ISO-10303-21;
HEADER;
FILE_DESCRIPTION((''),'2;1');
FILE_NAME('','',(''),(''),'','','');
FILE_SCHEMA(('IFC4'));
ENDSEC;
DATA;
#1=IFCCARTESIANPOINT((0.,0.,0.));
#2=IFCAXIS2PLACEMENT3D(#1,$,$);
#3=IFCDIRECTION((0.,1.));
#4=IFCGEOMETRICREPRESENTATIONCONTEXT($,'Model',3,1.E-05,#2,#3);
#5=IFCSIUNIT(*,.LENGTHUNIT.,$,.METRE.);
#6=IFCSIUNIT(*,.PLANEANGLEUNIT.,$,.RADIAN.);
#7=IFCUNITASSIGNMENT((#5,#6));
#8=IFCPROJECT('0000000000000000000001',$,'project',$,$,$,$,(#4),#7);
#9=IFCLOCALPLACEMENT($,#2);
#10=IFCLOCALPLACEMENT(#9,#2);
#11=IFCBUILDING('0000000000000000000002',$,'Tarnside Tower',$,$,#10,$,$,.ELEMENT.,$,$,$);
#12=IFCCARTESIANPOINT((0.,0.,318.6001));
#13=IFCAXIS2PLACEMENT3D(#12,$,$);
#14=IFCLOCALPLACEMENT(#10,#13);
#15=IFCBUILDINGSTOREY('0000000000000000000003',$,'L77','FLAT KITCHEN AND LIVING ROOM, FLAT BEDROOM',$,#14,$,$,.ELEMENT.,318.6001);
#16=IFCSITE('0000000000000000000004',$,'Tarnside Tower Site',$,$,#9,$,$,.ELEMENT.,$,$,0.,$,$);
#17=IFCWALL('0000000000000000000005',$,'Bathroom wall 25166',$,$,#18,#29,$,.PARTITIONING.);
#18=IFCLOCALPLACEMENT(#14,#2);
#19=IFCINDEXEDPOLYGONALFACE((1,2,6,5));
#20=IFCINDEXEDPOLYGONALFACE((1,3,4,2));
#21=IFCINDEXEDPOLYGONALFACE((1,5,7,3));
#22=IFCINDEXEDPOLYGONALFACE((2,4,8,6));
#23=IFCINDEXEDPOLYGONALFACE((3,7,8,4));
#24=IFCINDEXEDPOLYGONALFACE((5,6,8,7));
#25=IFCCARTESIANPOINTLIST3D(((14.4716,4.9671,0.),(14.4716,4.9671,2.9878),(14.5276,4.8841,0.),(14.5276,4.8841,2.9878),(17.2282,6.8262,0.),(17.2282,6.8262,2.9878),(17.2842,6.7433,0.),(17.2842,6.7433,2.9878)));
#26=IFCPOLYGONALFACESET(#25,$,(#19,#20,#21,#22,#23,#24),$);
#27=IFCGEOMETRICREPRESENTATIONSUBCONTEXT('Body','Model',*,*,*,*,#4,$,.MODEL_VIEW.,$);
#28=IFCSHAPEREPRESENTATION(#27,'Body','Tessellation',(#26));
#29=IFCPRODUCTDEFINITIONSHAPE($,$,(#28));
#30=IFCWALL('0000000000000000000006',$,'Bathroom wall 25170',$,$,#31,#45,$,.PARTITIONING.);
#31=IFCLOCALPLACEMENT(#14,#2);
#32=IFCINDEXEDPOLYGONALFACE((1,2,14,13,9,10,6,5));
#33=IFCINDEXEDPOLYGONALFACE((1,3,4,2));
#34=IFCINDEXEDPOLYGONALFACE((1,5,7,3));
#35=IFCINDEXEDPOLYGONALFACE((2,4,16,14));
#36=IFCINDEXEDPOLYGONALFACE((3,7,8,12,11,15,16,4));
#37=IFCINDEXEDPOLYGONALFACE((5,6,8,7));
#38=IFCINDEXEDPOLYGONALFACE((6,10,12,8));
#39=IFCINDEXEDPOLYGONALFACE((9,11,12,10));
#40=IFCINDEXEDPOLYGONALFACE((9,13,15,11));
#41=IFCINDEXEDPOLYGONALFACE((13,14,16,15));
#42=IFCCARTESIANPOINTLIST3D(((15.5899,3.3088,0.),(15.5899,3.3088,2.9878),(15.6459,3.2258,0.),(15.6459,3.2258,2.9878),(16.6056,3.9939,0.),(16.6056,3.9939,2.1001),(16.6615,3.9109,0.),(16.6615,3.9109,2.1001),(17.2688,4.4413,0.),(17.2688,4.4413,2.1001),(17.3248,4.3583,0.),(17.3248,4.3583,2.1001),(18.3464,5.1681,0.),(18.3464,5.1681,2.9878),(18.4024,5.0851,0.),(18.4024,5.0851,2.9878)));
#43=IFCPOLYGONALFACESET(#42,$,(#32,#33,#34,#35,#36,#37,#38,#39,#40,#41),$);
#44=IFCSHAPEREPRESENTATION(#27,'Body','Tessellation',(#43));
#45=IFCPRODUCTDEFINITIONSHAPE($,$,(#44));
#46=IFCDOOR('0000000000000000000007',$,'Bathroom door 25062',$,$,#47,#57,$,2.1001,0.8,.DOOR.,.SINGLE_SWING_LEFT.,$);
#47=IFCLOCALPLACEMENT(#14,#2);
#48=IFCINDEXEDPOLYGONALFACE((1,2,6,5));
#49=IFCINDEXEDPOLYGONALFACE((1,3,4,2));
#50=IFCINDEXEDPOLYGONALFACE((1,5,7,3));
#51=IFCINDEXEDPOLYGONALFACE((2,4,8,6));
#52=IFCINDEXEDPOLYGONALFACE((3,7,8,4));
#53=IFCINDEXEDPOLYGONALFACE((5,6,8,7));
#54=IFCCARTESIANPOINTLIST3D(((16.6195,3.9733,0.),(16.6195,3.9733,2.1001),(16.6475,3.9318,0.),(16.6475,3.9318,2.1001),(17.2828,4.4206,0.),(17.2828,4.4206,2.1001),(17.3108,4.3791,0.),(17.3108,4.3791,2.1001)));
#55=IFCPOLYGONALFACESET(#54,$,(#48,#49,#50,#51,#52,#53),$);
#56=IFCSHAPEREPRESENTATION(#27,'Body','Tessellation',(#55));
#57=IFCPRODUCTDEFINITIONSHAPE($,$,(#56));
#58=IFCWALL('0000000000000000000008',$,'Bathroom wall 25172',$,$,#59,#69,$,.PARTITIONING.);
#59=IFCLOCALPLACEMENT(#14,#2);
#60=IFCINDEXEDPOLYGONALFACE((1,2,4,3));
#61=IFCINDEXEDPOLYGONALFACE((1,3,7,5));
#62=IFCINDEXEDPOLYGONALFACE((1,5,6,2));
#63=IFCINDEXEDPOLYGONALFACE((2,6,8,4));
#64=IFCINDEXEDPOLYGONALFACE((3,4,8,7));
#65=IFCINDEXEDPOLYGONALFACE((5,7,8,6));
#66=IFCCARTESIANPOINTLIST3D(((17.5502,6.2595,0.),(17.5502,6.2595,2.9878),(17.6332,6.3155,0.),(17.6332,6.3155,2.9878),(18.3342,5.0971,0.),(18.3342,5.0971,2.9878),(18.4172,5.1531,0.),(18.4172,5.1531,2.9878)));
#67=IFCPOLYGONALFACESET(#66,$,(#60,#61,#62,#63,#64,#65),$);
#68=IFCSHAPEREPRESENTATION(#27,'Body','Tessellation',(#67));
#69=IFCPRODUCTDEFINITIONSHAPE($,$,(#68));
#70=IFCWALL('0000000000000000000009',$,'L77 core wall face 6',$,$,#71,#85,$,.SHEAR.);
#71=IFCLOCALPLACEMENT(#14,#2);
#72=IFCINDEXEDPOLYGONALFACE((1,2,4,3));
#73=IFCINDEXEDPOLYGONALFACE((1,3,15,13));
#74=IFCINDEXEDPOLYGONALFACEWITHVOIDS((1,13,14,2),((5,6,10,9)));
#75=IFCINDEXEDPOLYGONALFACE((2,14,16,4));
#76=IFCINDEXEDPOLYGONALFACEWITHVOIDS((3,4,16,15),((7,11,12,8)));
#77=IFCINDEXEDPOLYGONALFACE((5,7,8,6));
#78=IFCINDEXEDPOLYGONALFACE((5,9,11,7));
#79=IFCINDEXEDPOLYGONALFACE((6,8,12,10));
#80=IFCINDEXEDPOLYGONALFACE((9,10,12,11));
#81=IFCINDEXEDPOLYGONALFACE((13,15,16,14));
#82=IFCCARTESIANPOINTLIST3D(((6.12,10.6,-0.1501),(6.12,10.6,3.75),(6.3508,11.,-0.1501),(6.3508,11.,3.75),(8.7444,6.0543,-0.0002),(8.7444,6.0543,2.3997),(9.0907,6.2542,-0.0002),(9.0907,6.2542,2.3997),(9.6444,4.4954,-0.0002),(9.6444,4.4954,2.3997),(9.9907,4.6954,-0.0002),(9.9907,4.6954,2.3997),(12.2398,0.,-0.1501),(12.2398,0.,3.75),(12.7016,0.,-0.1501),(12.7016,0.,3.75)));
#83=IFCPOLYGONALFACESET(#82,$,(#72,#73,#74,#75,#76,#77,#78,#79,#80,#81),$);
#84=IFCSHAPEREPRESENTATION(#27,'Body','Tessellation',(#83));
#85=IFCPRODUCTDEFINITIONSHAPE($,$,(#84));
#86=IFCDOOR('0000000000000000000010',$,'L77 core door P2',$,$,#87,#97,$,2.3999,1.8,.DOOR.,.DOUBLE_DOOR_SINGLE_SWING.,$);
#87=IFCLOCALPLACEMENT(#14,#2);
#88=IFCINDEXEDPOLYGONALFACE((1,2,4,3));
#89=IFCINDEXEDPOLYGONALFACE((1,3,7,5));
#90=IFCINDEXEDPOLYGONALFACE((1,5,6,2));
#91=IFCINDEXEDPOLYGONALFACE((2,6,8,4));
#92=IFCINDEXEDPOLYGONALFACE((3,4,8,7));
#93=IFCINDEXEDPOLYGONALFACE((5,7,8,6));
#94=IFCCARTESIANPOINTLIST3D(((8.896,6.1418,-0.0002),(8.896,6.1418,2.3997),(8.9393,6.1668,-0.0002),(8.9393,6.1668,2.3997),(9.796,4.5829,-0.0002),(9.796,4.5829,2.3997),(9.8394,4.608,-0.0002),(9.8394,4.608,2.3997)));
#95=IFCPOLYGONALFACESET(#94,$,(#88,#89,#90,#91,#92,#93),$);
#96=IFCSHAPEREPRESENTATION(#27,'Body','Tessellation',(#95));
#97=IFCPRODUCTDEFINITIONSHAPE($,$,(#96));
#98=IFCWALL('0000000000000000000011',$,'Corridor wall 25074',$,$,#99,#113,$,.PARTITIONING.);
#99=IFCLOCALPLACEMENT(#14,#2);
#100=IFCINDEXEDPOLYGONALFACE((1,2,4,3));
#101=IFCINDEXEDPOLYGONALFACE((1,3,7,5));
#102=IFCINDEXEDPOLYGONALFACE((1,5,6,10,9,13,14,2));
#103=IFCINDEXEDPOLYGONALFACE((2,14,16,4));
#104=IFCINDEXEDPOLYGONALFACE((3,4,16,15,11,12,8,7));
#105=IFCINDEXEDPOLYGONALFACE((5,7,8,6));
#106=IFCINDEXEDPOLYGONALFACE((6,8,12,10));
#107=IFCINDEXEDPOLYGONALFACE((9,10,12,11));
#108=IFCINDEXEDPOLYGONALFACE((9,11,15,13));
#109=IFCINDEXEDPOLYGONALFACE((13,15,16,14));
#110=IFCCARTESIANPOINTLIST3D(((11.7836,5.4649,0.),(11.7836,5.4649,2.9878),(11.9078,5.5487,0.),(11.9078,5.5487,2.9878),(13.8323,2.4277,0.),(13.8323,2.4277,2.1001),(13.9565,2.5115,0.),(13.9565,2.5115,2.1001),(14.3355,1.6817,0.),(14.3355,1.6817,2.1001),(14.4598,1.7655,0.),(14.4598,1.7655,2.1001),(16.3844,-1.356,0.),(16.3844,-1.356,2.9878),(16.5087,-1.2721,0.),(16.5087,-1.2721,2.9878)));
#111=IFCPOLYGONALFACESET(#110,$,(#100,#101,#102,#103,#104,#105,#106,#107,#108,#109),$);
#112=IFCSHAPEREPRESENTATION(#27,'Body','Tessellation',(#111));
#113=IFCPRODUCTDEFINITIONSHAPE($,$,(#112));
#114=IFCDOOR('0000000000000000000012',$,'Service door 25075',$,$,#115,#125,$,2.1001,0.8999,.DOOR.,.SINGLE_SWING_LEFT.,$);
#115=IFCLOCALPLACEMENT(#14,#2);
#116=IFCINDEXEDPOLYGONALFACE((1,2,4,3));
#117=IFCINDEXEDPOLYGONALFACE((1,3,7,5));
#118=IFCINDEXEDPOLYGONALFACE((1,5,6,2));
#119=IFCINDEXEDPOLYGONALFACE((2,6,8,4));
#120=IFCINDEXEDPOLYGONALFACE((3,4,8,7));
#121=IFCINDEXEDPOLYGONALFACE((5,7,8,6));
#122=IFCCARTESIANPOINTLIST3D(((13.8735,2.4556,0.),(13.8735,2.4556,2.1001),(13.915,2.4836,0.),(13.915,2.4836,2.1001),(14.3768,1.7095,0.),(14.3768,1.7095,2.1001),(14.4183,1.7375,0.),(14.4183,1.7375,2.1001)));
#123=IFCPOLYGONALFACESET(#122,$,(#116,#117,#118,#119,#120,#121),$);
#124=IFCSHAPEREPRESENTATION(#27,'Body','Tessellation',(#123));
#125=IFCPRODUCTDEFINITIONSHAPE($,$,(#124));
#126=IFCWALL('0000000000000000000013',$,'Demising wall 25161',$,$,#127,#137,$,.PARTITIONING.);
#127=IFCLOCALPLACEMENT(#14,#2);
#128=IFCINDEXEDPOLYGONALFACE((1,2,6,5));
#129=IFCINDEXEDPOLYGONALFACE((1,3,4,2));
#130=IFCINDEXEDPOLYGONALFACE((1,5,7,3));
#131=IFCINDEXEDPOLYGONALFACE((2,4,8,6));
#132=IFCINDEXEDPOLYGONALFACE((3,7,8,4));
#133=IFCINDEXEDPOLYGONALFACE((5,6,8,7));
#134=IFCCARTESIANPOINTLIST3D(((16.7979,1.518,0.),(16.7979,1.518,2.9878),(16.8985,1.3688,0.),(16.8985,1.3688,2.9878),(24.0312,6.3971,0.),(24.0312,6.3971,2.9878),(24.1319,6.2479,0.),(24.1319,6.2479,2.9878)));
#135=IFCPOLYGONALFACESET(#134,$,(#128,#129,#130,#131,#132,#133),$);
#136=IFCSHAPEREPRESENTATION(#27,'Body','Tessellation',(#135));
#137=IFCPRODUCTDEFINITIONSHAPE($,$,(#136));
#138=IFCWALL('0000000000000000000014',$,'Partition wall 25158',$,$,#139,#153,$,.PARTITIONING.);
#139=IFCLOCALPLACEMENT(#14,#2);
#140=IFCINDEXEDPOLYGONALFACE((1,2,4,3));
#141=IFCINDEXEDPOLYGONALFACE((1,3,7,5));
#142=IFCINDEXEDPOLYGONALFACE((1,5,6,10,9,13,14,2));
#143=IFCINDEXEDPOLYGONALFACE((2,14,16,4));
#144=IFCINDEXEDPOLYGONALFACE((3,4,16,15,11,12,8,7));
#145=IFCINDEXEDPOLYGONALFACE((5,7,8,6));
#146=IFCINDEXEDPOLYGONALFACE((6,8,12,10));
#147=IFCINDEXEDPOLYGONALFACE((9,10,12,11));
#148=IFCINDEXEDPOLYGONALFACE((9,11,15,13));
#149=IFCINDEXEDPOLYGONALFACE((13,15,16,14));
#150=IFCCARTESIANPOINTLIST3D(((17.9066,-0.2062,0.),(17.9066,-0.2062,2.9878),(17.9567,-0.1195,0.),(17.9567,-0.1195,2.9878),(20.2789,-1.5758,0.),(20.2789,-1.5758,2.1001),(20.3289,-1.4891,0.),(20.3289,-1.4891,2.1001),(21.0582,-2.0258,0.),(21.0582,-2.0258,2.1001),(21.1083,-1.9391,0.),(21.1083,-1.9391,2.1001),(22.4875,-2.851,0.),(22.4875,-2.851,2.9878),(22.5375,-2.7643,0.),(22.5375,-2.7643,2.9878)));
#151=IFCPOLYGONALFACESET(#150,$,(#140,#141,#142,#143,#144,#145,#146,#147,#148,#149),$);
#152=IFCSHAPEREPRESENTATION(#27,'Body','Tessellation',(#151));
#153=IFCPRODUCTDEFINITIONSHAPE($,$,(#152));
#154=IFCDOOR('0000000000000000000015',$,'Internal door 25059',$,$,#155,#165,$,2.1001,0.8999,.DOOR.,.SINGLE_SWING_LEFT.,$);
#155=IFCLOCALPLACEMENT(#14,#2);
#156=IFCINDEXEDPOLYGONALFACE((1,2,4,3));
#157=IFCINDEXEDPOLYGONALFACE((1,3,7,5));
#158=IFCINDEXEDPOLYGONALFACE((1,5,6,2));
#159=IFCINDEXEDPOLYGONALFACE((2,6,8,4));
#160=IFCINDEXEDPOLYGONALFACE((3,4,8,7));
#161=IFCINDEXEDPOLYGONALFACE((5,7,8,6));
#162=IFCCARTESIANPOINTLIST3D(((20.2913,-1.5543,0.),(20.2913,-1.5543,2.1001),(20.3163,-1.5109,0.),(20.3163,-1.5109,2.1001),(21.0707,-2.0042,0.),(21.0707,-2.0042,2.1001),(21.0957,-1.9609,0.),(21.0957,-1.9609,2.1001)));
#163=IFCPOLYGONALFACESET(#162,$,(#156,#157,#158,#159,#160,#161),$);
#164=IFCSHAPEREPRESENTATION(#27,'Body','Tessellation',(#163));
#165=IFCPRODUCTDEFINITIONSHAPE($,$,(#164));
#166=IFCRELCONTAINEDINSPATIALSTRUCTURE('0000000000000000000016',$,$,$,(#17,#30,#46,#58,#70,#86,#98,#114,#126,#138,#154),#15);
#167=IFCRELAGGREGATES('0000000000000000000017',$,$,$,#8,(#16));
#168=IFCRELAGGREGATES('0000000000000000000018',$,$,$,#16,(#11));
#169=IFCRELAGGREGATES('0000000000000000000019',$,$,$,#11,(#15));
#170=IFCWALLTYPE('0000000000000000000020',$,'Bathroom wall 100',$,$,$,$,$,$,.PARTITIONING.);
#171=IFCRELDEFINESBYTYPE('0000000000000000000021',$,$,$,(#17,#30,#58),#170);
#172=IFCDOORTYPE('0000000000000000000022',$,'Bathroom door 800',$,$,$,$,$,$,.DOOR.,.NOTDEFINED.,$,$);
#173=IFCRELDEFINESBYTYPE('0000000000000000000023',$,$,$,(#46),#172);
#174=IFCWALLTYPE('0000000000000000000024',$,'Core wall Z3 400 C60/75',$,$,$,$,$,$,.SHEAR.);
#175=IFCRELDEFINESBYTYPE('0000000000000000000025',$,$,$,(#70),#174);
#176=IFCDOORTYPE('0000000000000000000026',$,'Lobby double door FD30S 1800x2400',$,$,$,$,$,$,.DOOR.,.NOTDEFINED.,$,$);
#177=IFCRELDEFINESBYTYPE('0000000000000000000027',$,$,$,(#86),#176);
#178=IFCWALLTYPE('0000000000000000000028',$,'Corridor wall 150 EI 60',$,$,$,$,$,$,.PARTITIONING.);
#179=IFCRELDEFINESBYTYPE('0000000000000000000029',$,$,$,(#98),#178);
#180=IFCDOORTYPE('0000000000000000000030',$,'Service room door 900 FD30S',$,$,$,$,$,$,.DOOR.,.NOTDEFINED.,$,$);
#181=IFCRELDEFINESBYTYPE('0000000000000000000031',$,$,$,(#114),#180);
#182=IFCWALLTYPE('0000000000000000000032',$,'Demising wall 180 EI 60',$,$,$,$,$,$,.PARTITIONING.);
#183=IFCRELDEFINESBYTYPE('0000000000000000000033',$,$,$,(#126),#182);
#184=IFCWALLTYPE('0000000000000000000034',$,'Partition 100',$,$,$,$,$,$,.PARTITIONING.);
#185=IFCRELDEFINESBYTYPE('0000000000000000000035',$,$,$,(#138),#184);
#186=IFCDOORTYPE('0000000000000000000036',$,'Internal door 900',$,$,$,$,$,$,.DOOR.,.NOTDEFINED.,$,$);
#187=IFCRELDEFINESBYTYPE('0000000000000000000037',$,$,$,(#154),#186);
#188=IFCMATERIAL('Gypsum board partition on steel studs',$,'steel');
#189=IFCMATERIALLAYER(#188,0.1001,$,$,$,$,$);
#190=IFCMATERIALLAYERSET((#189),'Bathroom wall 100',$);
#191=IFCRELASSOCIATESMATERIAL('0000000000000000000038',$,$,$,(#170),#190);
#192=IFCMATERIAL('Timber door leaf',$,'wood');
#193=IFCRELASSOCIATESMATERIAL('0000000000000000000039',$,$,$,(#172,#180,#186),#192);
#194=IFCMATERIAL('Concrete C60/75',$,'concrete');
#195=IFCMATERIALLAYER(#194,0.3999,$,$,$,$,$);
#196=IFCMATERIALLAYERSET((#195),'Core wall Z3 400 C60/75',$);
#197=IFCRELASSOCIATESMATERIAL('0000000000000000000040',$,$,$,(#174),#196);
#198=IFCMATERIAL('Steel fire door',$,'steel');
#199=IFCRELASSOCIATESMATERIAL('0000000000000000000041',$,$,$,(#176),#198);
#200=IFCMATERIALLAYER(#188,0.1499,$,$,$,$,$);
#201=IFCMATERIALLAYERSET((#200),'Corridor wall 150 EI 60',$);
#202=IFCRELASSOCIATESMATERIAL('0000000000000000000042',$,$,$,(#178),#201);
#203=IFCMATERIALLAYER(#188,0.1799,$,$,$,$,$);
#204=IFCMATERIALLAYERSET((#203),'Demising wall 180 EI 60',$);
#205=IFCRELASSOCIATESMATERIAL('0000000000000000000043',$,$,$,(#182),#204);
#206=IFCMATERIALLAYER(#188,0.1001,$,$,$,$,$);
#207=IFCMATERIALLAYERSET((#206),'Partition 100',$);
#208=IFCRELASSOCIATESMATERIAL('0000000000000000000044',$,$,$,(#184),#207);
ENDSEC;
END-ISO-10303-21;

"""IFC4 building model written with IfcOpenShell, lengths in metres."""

from ifc_helpers import new_model, si_unit, direction, frame, frame_2d, origin, place, context, subcontext, project, spatial, polyline, rectangle, outline, extrude, material, layer, layer_set, type_object, element, fill, save


model = new_model("IFC4")

# Units and contexts
model_context = context("Model", 3, precision=1e-05, world=origin(), true_north=direction((0.0, 1.0)))
body_context = subcontext(model_context, "Body", "Model", "MODEL_VIEW")
ifc_project = project(units=[si_unit("LENGTHUNIT", "METRE"), si_unit("PLANEANGLEUNIT", "RADIAN")], contexts=[model_context])

# Site, building, storey
site_placement = place(None, origin())
site = spatial("IfcSite", under=ifc_project, at=site_placement, Name="Tarnside Tower Site", CompositionType="ELEMENT", RefElevation=0.0)
building_placement = place(site_placement, origin())
building = spatial("IfcBuilding", under=site, at=building_placement, Name="Tarnside Tower", CompositionType="ELEMENT")
storey_placement = place(building_placement, frame((0.0, 0.0, 318.6001)))
storey = spatial("IfcBuildingStorey", under=building, at=storey_placement, Name="L77", Description="FLAT KITCHEN AND LIVING ROOM, FLAT BEDROOM", CompositionType="ELEMENT", Elevation=318.6001)

# Wall
ifc_material_1 = material(Name="Gypsum board partition on steel studs", Category="steel")
ifc_layer_1 = layer(ifc_material_1, 0.1001)
ifc_layer_set_1 = layer_set([ifc_layer_1], Name="Bathroom wall 100")
wall_type_1 = type_object("IfcWallType", Name="Bathroom wall 100", PredefinedType="PARTITIONING", material=ifc_layer_set_1)
wall_1_placement = place(storey_placement, frame((14.4995, 4.9255, 0.0), z_axis=(0.0, 0.0, 1.0), x_axis=(0.829067, 0.559149, 0.0)))
element("IfcWall", 1, at=wall_1_placement, inside=storey, type_object=wall_type_1, Name="Bathroom wall 25166", PredefinedType="PARTITIONING", context=body_context, shape_type="SweptSolid", body=[
    extrude(rectangle(XDim=3.325, YDim=0.1001, at=frame_2d((1.6626, 0.0))), origin(), (0.0, 0.0, 1.0), 2.9878),
])

# Wall, opening, door
wall_2_placement = place(storey_placement, frame((18.3745, 5.1267, 0.0), z_axis=(0.0, 0.0, 1.0), x_axis=(-0.829033, -0.559199, 0.0)))
wall_2 = element("IfcWall", 2, at=wall_2_placement, inside=storey, type_object=wall_type_1, Name="Bathroom wall 25170", PredefinedType="PARTITIONING", context=body_context, shape_type="SweptSolid", body=[
    extrude(rectangle(XDim=3.325, YDim=0.1001, at=frame_2d((1.6626, 0.0))), origin(), (0.0, 0.0, 1.0), 2.9878),
])
opening_1_placement = place(wall_2_placement, frame((1.3, 0.0, 0.0)))
opening_1 = element("IfcOpeningElement", 3, at=opening_1_placement, cuts=wall_2, PredefinedType="OPENING", context=body_context, shape_type="SweptSolid", body=[
    extrude(rectangle(XDim=0.8, YDim=2.1001, at=frame_2d((0.3999, 1.05))), frame((0.0, 0.0601, 0.0), z_axis=(0.0, -1.0, 0.0), x_axis=(1.0, 0.0, 0.0)), (0.0, 0.0, 1.0), 0.1201),
])
ifc_material_2 = material(Name="Timber door leaf", Category="wood")
door_type_1 = type_object("IfcDoorType", Name="Bathroom door 800", OperationType="NOTDEFINED", PredefinedType="DOOR", material=ifc_material_2)
door_1_placement = place(opening_1_placement, origin())
door_1 = element("IfcDoor", 4, at=door_1_placement, inside=storey, type_object=door_type_1, Name="Bathroom door 25062", OperationType="SINGLE_SWING_LEFT", OverallHeight=2.1001, OverallWidth=0.8, PredefinedType="DOOR", context=body_context, shape_type="SweptSolid", body=[
    extrude(rectangle(XDim=0.8, YDim=2.1001, at=frame_2d((0.3999, 1.05))), frame((0.0, 0.0249, 0.0), z_axis=(0.0, -1.0, 0.0), x_axis=(1.0, 0.0, 0.0)), (0.0, 0.0, 1.0), 0.05),
])
fill(opening_1, door_1)

# Wall
wall_3_placement = place(storey_placement, frame((18.3757, 5.125, 0.0), z_axis=(0.0, 0.0, 1.0), x_axis=(-0.559153, 0.829065, 0.0)))
element("IfcWall", 5, at=wall_3_placement, inside=storey, type_object=wall_type_1, Name="Bathroom wall 25172", PredefinedType="PARTITIONING", context=body_context, shape_type="SweptSolid", body=[
    extrude(rectangle(XDim=1.4021, YDim=0.1001, at=frame_2d((0.7012, 0.0))), origin(), (0.0, 0.0, 1.0), 2.9878),
])

# Walls, openings, doors
ifc_material_3 = material(Name="Concrete C60/75", Category="concrete")
ifc_layer_2 = layer(ifc_material_3, 0.3999)
ifc_layer_set_2 = layer_set([ifc_layer_2], Name="Core wall Z3 400 C60/75")
wall_type_2 = type_object("IfcWallType", Name="Core wall Z3 400 C60/75", PredefinedType="SHEAR", material=ifc_layer_set_2)
wall_4_placement = place(storey_placement, frame((12.4707, 0.0, -0.1501), z_axis=(0.0, 0.0, 1.0), x_axis=(-0.499996, 0.866027, 0.0)))
wall_4 = element("IfcWall", 6, at=wall_4_placement, inside=storey, type_object=wall_type_2, Name="L77 core wall face 6", PredefinedType="SHEAR", context=body_context, shape_type="SweptSolid", body=[
    extrude(outline(polyline([(-0.1155, -0.2), (12.5862, -0.2), (12.3552, 0.2), (0.1155, 0.2), (-0.1155, -0.2)])), origin(), (0.0, 0.0, 1.0), 3.9001),
])
opening_2_placement = place(wall_4_placement, frame((5.3064, 0.0, 0.1499)))
opening_2 = element("IfcOpeningElement", 7, at=opening_2_placement, cuts=wall_4, PredefinedType="OPENING", context=body_context, shape_type="SweptSolid", body=[
    extrude(rectangle(XDim=1.8, YDim=2.3999, at=frame_2d((0.8999, 1.2))), frame((0.0, 0.21, 0.0), z_axis=(0.0, -1.0, 0.0), x_axis=(1.0, 0.0, 0.0)), (0.0, 0.0, 1.0), 0.4199),
])
ifc_material_4 = material(Name="Steel fire door", Category="steel")
door_type_2 = type_object("IfcDoorType", Name="Lobby double door FD30S 1800x2400", OperationType="NOTDEFINED", PredefinedType="DOOR", material=ifc_material_4)
door_2_placement = place(opening_2_placement, origin())
door_2 = element("IfcDoor", 8, at=door_2_placement, inside=storey, type_object=door_type_2, Name="L77 core door P2", OperationType="DOUBLE_DOOR_SINGLE_SWING", OverallHeight=2.3999, OverallWidth=1.8, PredefinedType="DOOR", context=body_context, shape_type="SweptSolid", body=[
    extrude(rectangle(XDim=1.8, YDim=2.3999, at=frame_2d((0.8999, 1.2))), frame((0.0, 0.0249, 0.0), z_axis=(0.0, -1.0, 0.0), x_axis=(1.0, 0.0, 0.0)), (0.0, 0.0, 1.0), 0.05),
])
fill(opening_2, door_2)
ifc_layer_3 = layer(ifc_material_1, 0.1499)
ifc_layer_set_3 = layer_set([ifc_layer_3], Name="Corridor wall 150 EI 60")
wall_type_3 = type_object("IfcWallType", Name="Corridor wall 150 EI 60", PredefinedType="PARTITIONING", material=ifc_layer_set_3)
wall_5_placement = place(storey_placement, frame((11.8457, 5.5068, 0.0), z_axis=(0.0, 0.0, 1.0), x_axis=(0.559205, -0.82903, 0.0)))
wall_5 = element("IfcWall", 9, at=wall_5_placement, inside=storey, type_object=wall_type_3, Name="Corridor wall 25074", PredefinedType="PARTITIONING", context=body_context, shape_type="SweptSolid", body=[
    extrude(rectangle(XDim=8.2275, YDim=0.1499, at=frame_2d((4.1138, 0.0))), origin(), (0.0, 0.0, 1.0), 2.9878),
])
opening_3_placement = place(wall_5_placement, frame((3.6636, 0.0, 0.0)))
opening_3 = element("IfcOpeningElement", 10, at=opening_3_placement, cuts=wall_5, PredefinedType="OPENING", context=body_context, shape_type="SweptSolid", body=[
    extrude(rectangle(XDim=0.8999, YDim=2.1001, at=frame_2d((0.45, 1.05))), frame((0.0, 0.085, 0.0), z_axis=(0.0, -1.0, 0.0), x_axis=(1.0, 0.0, 0.0)), (0.0, 0.0, 1.0), 0.1699),
])
door_type_3 = type_object("IfcDoorType", Name="Service room door 900 FD30S", OperationType="NOTDEFINED", PredefinedType="DOOR", material=ifc_material_2)
door_3_placement = place(opening_3_placement, origin())
door_3 = element("IfcDoor", 11, at=door_3_placement, inside=storey, type_object=door_type_3, Name="Service door 25075", OperationType="SINGLE_SWING_LEFT", OverallHeight=2.1001, OverallWidth=0.8999, PredefinedType="DOOR", context=body_context, shape_type="SweptSolid", body=[
    extrude(rectangle(XDim=0.8999, YDim=2.1001, at=frame_2d((0.45, 1.05))), frame((0.0, 0.0249, 0.0), z_axis=(0.0, -1.0, 0.0), x_axis=(1.0, 0.0, 0.0)), (0.0, 0.0, 1.0), 0.05),
])
fill(opening_3, door_3)

# Wall
ifc_layer_4 = layer(ifc_material_1, 0.1799)
ifc_layer_set_4 = layer_set([ifc_layer_4], Name="Demising wall 180 EI 60")
wall_type_4 = type_object("IfcWallType", Name="Demising wall 180 EI 60", PredefinedType="PARTITIONING", material=ifc_layer_set_4)
wall_6_placement = place(storey_placement, frame((24.0815, 6.3225, 0.0), z_axis=(0.0, 0.0, 1.0), x_axis=(-0.829029, -0.559206, 0.0)))
element("IfcWall", 12, at=wall_6_placement, inside=storey, type_object=wall_type_4, Name="Demising wall 25161", PredefinedType="PARTITIONING", context=body_context, shape_type="SweptSolid", body=[
    extrude(rectangle(XDim=8.7251, YDim=0.1799, at=frame_2d((4.3625, 0.0))), origin(), (0.0, 0.0, 1.0), 2.9878),
])

# Wall, opening, door
ifc_layer_5 = layer(ifc_material_1, 0.1001)
ifc_layer_set_5 = layer_set([ifc_layer_5], Name="Partition 100")
wall_type_5 = type_object("IfcWallType", Name="Partition 100", PredefinedType="PARTITIONING", material=ifc_layer_set_5)
wall_7_placement = place(storey_placement, frame((17.9316, -0.1628, 0.0), z_axis=(0.0, 0.0, 1.0), x_axis=(0.866022, -0.500006, 0.0)))
wall_7 = element("IfcWall", 13, at=wall_7_placement, inside=storey, type_object=wall_type_5, Name="Partition wall 25158", PredefinedType="PARTITIONING", context=body_context, shape_type="SweptSolid", body=[
    extrude(rectangle(XDim=5.2896, YDim=0.1001, at=frame_2d((2.6448, 0.0))), origin(), (0.0, 0.0, 1.0), 2.9878),
])
opening_4_placement = place(wall_7_placement, frame((2.7393, 0.0, 0.0)))
opening_4 = element("IfcOpeningElement", 14, at=opening_4_placement, cuts=wall_7, PredefinedType="OPENING", context=body_context, shape_type="SweptSolid", body=[
    extrude(rectangle(XDim=0.8999, YDim=2.1001, at=frame_2d((0.45, 1.05))), frame((0.0, 0.0601, 0.0), z_axis=(0.0, -1.0, 0.0), x_axis=(1.0, 0.0, 0.0)), (0.0, 0.0, 1.0), 0.1201),
])
door_type_4 = type_object("IfcDoorType", Name="Internal door 900", OperationType="NOTDEFINED", PredefinedType="DOOR", material=ifc_material_2)
door_4_placement = place(opening_4_placement, origin())
door_4 = element("IfcDoor", 15, at=door_4_placement, inside=storey, type_object=door_type_4, Name="Internal door 25059", OperationType="SINGLE_SWING_LEFT", OverallHeight=2.1001, OverallWidth=0.8999, PredefinedType="DOOR", context=body_context, shape_type="SweptSolid", body=[
    extrude(rectangle(XDim=0.8999, YDim=2.1001, at=frame_2d((0.45, 1.05))), frame((0.0, 0.0249, 0.0), z_axis=(0.0, -1.0, 0.0), x_axis=(1.0, 0.0, 0.0)), (0.0, 0.0, 1.0), 0.05),
])
fill(opening_4, door_4)

save(model, "model.ifc")
